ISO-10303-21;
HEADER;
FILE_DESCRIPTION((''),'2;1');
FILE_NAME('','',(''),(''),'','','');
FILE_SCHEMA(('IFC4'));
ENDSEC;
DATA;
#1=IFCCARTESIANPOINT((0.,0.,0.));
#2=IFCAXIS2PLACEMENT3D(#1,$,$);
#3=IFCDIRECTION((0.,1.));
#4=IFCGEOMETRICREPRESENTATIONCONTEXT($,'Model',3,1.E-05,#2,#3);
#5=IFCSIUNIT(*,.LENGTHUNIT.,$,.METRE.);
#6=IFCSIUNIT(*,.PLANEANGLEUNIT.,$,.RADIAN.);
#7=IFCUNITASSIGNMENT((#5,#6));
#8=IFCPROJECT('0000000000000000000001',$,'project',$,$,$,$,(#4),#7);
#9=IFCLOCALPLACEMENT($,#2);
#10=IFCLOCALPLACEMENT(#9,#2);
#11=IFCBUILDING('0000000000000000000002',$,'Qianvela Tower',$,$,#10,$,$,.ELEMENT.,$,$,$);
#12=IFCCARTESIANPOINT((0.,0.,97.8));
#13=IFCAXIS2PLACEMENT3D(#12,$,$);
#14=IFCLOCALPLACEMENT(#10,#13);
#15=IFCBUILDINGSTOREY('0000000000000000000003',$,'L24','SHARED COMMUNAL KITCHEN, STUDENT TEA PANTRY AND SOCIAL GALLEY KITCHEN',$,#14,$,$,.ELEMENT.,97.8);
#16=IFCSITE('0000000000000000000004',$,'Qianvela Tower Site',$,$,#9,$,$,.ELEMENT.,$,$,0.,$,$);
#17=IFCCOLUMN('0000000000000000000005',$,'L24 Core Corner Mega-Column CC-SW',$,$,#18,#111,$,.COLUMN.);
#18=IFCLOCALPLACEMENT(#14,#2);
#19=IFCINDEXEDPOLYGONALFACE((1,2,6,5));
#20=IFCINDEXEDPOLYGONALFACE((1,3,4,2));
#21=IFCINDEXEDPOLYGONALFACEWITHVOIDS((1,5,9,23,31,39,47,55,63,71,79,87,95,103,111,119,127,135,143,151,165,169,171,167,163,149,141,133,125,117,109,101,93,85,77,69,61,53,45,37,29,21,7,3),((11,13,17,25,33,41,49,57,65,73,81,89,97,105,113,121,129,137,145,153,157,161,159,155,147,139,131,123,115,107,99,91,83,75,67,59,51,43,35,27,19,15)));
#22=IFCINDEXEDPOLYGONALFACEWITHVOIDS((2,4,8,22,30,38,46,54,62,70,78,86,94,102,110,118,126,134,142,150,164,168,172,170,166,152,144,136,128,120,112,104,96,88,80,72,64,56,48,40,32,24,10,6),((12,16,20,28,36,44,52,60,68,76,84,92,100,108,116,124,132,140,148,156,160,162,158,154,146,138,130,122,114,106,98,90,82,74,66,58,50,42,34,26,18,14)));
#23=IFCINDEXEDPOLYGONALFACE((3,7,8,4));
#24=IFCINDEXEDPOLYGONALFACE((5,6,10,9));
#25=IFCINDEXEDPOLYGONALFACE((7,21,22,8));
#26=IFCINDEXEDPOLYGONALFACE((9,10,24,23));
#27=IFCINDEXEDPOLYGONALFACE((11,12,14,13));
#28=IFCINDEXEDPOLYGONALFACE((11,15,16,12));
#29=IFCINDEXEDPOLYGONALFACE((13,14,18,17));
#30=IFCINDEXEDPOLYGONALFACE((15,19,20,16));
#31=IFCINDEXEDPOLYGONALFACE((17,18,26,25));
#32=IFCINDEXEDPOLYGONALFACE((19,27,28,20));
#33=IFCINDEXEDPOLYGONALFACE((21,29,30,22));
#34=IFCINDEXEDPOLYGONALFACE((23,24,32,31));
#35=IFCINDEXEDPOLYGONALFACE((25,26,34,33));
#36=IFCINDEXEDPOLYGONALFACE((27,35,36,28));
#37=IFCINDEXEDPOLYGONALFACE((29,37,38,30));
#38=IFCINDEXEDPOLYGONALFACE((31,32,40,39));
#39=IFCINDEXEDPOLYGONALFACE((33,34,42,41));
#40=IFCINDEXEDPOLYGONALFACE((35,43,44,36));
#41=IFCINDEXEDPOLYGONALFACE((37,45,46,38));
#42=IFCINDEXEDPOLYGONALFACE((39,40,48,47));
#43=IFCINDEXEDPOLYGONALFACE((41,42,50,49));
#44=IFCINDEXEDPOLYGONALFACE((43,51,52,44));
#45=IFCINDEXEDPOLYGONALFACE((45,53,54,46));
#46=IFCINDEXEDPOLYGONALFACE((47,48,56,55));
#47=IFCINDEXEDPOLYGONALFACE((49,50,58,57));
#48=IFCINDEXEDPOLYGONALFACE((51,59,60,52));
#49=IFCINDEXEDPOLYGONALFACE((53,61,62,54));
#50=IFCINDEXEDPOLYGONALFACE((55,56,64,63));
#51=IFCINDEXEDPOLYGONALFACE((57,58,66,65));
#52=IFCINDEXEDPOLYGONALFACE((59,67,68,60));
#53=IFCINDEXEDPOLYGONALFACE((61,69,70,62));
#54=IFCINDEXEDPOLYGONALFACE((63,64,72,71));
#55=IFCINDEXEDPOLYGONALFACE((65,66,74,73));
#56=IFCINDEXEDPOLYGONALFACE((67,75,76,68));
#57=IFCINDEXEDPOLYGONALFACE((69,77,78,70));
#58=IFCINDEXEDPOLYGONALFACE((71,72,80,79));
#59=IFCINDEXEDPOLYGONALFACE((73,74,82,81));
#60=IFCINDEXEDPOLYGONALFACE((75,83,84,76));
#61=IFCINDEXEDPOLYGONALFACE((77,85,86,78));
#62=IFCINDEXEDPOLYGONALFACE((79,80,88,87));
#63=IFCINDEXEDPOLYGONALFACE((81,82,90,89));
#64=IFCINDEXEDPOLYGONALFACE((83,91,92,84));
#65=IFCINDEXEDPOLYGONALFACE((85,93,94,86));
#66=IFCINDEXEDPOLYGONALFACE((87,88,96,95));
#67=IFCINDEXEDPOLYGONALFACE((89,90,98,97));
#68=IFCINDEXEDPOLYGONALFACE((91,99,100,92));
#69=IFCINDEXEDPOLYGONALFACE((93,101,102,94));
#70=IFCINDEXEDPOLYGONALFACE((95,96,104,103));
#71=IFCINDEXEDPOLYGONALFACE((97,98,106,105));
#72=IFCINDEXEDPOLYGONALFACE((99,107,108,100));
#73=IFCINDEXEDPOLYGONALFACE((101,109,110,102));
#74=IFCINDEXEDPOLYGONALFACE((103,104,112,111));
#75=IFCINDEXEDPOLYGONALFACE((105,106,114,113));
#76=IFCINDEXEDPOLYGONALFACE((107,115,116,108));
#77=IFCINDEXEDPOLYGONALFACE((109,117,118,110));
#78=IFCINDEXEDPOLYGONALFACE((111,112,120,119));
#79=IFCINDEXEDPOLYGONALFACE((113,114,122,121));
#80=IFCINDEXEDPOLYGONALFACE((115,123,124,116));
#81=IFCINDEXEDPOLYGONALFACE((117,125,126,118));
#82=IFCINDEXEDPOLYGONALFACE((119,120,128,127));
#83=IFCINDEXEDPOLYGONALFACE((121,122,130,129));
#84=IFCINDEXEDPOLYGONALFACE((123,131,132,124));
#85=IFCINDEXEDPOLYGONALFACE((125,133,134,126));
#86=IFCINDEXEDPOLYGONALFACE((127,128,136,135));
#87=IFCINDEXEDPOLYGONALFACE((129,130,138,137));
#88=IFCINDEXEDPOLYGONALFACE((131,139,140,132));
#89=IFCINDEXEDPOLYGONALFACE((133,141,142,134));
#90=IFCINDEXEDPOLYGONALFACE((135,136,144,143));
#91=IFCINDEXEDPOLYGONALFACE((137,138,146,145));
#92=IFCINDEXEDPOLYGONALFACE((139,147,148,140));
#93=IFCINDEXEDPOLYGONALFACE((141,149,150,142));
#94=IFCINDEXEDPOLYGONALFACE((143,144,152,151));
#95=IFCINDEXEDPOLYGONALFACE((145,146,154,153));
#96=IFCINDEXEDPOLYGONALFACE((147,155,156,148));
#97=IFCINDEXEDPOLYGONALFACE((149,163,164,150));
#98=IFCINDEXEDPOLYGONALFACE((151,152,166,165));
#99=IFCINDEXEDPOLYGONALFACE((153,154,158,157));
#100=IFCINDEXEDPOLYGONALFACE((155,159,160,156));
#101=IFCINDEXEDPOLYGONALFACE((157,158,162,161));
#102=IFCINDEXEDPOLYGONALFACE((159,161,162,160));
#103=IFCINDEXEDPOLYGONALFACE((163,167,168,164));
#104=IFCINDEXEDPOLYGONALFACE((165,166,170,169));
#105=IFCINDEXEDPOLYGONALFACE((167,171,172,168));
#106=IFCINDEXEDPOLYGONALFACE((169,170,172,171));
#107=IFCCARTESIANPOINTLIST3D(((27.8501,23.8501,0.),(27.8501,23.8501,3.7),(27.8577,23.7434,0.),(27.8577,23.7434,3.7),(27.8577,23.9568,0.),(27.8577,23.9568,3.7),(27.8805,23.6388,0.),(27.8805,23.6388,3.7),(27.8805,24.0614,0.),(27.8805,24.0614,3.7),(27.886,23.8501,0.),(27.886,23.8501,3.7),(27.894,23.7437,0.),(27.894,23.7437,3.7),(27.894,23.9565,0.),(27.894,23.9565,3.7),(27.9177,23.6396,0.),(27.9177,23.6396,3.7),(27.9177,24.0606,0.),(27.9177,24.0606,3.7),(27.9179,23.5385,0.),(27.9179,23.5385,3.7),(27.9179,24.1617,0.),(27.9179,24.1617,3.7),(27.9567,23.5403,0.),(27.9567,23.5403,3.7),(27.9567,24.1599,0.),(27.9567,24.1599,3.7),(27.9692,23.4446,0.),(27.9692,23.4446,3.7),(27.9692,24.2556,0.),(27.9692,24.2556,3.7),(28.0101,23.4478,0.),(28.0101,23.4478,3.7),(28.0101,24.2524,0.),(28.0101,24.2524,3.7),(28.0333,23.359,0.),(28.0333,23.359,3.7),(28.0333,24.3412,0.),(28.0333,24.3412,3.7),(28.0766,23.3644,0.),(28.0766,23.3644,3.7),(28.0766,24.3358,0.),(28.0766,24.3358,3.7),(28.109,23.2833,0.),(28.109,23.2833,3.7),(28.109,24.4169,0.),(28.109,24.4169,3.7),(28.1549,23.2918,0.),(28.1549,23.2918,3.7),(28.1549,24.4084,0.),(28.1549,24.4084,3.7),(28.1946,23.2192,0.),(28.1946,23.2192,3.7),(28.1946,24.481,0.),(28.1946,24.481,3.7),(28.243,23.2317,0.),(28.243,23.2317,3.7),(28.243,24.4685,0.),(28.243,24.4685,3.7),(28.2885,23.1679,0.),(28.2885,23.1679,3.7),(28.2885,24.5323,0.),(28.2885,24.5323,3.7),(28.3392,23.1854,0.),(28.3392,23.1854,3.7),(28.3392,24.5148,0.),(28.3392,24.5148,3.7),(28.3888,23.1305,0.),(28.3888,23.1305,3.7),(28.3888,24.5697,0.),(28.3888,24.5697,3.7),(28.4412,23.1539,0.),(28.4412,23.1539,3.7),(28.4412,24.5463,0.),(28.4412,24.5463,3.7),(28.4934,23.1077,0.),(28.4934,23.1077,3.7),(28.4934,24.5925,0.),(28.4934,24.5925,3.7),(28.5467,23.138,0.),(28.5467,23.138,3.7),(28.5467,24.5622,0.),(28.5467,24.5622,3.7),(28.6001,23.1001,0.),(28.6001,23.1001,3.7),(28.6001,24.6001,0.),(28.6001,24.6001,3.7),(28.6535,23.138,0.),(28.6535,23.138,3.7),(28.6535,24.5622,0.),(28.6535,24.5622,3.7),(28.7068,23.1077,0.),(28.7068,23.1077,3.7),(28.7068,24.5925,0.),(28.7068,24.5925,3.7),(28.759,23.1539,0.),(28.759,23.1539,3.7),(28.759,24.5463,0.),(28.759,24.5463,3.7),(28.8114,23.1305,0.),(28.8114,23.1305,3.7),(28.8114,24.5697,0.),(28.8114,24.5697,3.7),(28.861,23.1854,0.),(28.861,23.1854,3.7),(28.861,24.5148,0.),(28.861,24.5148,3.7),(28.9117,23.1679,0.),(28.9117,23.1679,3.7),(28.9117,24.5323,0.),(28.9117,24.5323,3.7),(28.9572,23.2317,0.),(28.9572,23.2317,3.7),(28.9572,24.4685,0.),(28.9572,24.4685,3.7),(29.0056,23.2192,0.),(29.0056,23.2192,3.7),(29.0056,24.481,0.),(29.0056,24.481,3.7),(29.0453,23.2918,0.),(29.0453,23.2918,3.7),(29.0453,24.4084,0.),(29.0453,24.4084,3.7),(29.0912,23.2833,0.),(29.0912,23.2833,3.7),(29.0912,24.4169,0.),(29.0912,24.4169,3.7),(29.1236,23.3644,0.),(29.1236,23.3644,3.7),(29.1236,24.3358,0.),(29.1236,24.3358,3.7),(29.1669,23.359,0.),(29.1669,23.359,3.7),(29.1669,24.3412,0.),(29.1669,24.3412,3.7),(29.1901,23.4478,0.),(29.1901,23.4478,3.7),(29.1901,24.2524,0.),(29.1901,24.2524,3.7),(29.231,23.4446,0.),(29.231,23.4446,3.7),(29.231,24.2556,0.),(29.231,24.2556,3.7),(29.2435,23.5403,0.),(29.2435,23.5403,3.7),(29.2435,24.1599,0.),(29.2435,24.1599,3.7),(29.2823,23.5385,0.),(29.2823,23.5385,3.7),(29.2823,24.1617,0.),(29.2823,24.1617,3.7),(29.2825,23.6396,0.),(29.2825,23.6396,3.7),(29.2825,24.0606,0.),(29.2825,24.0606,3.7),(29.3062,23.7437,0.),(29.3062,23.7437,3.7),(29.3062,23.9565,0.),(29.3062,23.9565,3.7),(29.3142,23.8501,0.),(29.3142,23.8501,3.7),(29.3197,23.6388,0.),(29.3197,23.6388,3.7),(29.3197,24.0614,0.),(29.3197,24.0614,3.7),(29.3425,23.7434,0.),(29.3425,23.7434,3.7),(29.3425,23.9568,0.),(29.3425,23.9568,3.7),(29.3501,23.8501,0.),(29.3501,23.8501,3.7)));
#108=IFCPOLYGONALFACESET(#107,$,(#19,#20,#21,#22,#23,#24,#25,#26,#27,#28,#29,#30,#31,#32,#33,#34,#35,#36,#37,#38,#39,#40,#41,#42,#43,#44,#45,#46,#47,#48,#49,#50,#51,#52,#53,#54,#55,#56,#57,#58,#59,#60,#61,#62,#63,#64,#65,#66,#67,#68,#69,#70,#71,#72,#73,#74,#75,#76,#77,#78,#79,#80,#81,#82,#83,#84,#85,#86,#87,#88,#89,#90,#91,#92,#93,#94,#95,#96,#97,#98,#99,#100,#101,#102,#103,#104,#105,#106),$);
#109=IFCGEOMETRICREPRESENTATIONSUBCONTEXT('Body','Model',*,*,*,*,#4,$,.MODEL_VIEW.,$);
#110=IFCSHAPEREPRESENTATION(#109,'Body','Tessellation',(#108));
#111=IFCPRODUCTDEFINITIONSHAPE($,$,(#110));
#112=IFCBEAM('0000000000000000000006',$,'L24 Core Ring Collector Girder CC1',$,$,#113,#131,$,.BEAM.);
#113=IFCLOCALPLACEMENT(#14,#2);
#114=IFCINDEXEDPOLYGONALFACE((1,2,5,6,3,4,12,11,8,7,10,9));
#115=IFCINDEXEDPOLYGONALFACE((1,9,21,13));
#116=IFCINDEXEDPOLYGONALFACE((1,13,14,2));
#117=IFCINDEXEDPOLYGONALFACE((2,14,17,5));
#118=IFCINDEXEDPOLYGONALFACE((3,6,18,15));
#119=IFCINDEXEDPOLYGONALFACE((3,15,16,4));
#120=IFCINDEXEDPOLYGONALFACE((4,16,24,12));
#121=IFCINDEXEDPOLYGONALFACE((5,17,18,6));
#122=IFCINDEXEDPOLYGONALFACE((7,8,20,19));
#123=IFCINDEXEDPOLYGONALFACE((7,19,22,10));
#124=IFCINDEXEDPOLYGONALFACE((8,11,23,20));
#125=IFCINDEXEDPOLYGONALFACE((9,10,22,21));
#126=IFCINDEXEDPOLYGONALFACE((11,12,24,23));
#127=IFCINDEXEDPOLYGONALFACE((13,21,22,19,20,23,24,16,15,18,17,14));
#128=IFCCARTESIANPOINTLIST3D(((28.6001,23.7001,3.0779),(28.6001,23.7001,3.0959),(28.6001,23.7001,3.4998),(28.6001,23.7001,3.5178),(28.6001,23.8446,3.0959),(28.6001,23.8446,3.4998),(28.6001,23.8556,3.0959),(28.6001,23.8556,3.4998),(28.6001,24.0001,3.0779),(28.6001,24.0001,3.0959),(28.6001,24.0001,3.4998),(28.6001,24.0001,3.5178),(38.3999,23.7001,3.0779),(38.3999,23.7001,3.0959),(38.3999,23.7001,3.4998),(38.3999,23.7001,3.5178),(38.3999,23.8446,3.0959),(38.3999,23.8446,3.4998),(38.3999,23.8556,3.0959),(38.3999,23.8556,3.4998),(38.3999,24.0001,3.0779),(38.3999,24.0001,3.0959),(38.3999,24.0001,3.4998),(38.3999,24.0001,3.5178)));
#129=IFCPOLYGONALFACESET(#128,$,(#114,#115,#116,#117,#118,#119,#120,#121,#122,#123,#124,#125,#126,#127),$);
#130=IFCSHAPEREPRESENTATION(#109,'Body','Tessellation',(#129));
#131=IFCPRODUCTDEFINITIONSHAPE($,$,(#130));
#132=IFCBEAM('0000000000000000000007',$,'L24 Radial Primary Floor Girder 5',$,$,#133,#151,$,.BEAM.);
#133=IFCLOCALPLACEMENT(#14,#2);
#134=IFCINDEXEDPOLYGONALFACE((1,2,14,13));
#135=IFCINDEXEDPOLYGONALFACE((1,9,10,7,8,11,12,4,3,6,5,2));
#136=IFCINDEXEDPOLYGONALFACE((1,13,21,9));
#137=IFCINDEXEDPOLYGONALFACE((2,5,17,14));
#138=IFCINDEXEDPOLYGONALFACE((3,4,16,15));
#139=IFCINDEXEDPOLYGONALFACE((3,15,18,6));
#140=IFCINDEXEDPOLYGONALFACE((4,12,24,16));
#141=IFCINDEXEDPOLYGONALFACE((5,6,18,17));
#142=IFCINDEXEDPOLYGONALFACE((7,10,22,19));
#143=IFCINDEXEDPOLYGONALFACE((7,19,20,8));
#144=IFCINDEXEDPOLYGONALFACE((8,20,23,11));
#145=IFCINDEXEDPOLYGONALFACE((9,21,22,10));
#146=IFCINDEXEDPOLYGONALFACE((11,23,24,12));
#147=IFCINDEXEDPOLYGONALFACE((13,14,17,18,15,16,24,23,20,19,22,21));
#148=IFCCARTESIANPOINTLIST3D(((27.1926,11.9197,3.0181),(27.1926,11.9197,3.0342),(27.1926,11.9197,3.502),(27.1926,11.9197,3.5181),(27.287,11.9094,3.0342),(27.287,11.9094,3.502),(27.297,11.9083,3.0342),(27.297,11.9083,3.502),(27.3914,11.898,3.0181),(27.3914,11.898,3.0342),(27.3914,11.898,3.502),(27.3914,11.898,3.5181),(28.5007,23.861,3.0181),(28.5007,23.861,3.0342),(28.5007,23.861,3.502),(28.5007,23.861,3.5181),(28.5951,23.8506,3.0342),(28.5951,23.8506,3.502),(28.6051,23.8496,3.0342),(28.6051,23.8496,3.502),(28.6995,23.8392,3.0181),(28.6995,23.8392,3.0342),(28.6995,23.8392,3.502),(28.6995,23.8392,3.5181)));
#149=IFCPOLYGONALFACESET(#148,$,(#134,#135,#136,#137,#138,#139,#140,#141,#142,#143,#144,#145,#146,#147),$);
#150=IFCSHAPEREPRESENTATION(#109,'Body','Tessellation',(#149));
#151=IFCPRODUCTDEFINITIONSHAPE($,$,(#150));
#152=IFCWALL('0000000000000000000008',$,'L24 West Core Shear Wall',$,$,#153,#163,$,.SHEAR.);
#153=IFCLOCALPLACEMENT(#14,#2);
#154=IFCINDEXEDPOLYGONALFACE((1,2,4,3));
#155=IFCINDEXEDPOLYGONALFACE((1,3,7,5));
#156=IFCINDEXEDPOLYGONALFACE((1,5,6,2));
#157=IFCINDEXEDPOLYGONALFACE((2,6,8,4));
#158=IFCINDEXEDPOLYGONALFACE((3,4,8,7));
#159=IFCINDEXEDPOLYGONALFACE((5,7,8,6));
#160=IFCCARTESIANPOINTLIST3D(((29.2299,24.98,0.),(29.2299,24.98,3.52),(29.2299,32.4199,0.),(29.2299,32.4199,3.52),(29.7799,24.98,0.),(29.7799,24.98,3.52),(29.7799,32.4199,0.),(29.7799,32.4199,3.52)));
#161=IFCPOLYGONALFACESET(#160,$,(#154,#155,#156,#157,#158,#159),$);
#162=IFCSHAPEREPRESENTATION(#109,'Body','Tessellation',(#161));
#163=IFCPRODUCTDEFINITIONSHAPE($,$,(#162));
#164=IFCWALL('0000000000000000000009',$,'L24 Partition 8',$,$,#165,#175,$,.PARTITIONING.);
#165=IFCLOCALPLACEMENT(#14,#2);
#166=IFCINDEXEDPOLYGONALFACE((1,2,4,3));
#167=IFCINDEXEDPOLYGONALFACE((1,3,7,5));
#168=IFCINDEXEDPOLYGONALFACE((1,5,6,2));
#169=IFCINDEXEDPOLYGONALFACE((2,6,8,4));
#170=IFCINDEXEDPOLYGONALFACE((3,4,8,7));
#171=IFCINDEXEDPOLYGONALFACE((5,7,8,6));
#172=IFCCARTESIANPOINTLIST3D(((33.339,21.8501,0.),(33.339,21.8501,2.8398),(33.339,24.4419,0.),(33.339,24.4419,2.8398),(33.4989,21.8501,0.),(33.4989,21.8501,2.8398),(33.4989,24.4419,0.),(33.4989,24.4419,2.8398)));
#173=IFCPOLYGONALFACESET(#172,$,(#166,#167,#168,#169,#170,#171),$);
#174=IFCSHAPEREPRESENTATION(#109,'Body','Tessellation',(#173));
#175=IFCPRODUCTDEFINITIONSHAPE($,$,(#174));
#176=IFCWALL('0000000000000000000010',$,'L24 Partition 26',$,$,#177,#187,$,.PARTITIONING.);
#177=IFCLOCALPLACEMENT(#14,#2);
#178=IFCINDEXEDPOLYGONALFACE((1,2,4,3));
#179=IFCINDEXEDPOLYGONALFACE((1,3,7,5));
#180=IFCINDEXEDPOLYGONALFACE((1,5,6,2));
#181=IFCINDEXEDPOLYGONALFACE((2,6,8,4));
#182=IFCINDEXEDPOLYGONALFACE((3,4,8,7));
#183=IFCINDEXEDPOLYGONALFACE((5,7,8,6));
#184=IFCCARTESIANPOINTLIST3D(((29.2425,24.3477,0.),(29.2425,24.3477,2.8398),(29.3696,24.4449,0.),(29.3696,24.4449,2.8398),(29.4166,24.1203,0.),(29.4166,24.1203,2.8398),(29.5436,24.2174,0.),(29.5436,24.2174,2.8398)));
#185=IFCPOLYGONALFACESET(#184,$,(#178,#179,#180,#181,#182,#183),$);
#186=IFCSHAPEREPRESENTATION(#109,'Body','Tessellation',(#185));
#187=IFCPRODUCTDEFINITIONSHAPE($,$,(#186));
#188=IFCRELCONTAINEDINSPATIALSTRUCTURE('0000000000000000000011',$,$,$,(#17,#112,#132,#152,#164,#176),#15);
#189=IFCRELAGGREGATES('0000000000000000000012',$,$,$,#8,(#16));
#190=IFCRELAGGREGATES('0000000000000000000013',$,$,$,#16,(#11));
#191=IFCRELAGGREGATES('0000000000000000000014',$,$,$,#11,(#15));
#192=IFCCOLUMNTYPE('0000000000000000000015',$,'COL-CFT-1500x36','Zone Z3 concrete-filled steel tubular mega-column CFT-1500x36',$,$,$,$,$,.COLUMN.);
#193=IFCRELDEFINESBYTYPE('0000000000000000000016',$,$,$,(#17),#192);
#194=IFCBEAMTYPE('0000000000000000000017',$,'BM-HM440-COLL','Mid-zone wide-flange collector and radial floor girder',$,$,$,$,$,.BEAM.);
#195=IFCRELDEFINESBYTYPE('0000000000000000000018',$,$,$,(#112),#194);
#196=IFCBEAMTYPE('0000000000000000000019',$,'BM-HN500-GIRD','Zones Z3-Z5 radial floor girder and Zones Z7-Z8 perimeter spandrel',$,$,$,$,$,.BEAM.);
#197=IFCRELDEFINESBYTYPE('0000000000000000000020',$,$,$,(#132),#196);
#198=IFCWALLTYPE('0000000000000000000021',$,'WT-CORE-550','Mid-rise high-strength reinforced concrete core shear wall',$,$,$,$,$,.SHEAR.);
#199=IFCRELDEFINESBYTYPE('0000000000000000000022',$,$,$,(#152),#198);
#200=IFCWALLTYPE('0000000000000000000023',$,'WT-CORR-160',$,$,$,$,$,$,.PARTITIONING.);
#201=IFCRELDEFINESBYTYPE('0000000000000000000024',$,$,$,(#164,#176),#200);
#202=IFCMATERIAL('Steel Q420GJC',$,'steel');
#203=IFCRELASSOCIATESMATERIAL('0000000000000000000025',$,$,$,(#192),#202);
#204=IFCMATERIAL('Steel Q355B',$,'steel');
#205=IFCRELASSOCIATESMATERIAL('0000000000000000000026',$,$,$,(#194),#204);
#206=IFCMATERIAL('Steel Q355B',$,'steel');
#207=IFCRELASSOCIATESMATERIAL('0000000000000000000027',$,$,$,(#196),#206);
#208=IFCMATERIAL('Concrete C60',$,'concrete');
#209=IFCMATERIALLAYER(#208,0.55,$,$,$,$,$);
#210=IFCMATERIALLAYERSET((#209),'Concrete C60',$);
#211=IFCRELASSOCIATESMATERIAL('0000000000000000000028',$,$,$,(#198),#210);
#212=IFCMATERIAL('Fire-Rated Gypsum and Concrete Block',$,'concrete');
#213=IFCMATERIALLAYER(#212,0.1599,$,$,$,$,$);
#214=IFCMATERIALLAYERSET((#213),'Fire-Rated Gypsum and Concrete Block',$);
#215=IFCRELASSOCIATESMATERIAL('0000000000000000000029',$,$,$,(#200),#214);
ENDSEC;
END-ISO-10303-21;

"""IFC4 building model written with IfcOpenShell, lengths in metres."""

from ifc_helpers import new_model, si_unit, direction, frame, frame_2d, origin, origin_2d, place, context, subcontext, project, spatial, rectangle, hollow_circle, i_section, extrude, material, layer, layer_set, material_profile, profile_set, type_object, element, save


model = new_model("IFC4")

# Units and contexts
model_context = context("Model", 3, precision=1e-05, world=origin(), true_north=direction((0.0, 1.0)))
body_context = subcontext(model_context, "Body", "Model", "MODEL_VIEW")
ifc_project = project(units=[si_unit("LENGTHUNIT", "METRE"), si_unit("PLANEANGLEUNIT", "RADIAN")], contexts=[model_context])

# Site, building, storey
site_placement = place(None, origin())
site = spatial("IfcSite", under=ifc_project, at=site_placement, Name="Qianvela Tower Site", CompositionType="ELEMENT", RefElevation=0.0)
building_placement = place(site_placement, origin())
building = spatial("IfcBuilding", under=site, at=building_placement, Name="Qianvela Tower", CompositionType="ELEMENT")
storey_placement = place(building_placement, frame((0.0, 0.0, 97.8)))
storey = spatial("IfcBuildingStorey", under=building, at=storey_placement, Name="L24", Description="SHARED COMMUNAL KITCHEN, STUDENT TEA PANTRY AND SOCIAL GALLEY KITCHEN", CompositionType="ELEMENT", Elevation=97.8)

# Column
ifc_material_1 = material(Name="Steel Q420GJC", Category="steel")
ifc_material_profile_1 = material_profile(ifc_material_1, hollow_circle(Radius=0.75, WallThickness=0.0359, at=origin_2d()), Name="CFT-1500x36")
ifc_profile_set_1 = profile_set([ifc_material_profile_1], Name="Steel Q420GJC")
column_type = type_object("IfcColumnType", Name="COL-CFT-1500x36", Description="Zone Z3 concrete-filled steel tubular mega-column CFT-1500x36", PredefinedType="COLUMN", material=ifc_profile_set_1)
column_placement = place(storey_placement, frame((28.6001, 23.8501, 0.0), z_axis=(0.0, 0.0, 1.0), x_axis=(1.0, 0.0, 0.0)))
element("IfcColumn", 1, at=column_placement, inside=storey, type_object=column_type, Name="L24 Core Corner Mega-Column CC-SW", PredefinedType="COLUMN", context=body_context, shape_type="SweptSolid", body=[
    extrude(hollow_circle(Radius=0.75, WallThickness=0.0359, at=origin_2d()), origin(), (0.0, 0.0, 1.0), 3.7),
])

# Beams
ifc_material_2 = material(Name="Steel Q355B", Category="steel")
ifc_material_profile_2 = material_profile(ifc_material_2, i_section(OverallWidth=0.3, OverallDepth=0.4399, WebThickness=0.011, FlangeThickness=0.0181, at=origin_2d()), Name="HM440x300x11x18")
ifc_profile_set_2 = profile_set([ifc_material_profile_2], Name="Steel Q355B")
beam_type_1 = type_object("IfcBeamType", Name="BM-HM440-COLL", Description="Mid-zone wide-flange collector and radial floor girder", PredefinedType="BEAM", material=ifc_profile_set_2)
beam_1_placement = place(storey_placement, frame((28.6001, 23.8501, 3.2979), z_axis=(1.0, 0.0, 0.0), x_axis=(0.0, 1.0, 0.0)))
element("IfcBeam", 2, at=beam_1_placement, inside=storey, type_object=beam_type_1, Name="L24 Core Ring Collector Girder CC1", PredefinedType="BEAM", context=body_context, shape_type="SweptSolid", body=[
    extrude(i_section(OverallWidth=0.3, OverallDepth=0.4399, WebThickness=0.011, FlangeThickness=0.0181, at=origin_2d()), origin(), (0.0, 0.0, 1.0), 9.7998),
])
ifc_material_3 = material(Name="Steel Q355B", Category="steel")
ifc_material_profile_3 = material_profile(ifc_material_3, i_section(OverallWidth=0.2, OverallDepth=0.5, WebThickness=0.01, FlangeThickness=0.0161, at=origin_2d()), Name="HN500x200x10x16")
ifc_profile_set_3 = profile_set([ifc_material_profile_3], Name="Steel Q355B")
beam_type_2 = type_object("IfcBeamType", Name="BM-HN500-GIRD", Description="Zones Z3-Z5 radial floor girder and Zones Z7-Z8 perimeter spandrel", PredefinedType="BEAM", material=ifc_profile_set_3)
beam_2_placement = place(storey_placement, frame((28.6001, 23.8501, 3.2681), z_axis=(-0.108894, -0.994053, 0.0), x_axis=(0.994053, -0.108894, 0.0)))
element("IfcBeam", 3, at=beam_2_placement, inside=storey, type_object=beam_type_2, Name="L24 Radial Primary Floor Girder 5", PredefinedType="BEAM", context=body_context, shape_type="SweptSolid", body=[
    extrude(i_section(OverallWidth=0.2, OverallDepth=0.5, WebThickness=0.01, FlangeThickness=0.0161, at=origin_2d()), origin(), (0.0, 0.0, 1.0), 12.0127),
])

# Shared definitions
ifc_material_4 = material(Name="Concrete C60", Category="concrete")
ifc_layer_1 = layer(ifc_material_4, 0.55)
ifc_layer_set_1 = layer_set([ifc_layer_1], Name="Concrete C60")
wall_type_1 = type_object("IfcWallType", Name="WT-CORE-550", Description="Mid-rise high-strength reinforced concrete core shear wall", PredefinedType="SHEAR", material=ifc_layer_set_1)

# Walls
wall_1_placement = place(storey_placement, frame((29.5049, 24.98, 0.0), z_axis=(0.0, 0.0, 1.0), x_axis=(0.0, 1.0, 0.0)))
element("IfcWall", 4, at=wall_1_placement, inside=storey, type_object=wall_type_1, Name="L24 West Core Shear Wall", PredefinedType="SHEAR", context=body_context, shape_type="SweptSolid", body=[
    extrude(rectangle(XDim=7.4399, YDim=0.55, at=frame_2d((3.72, 0.0))), origin(), (0.0, 0.0, 1.0), 3.52),
])
ifc_material_5 = material(Name="Fire-Rated Gypsum and Concrete Block", Category="concrete")
ifc_layer_2 = layer(ifc_material_5, 0.1599)
ifc_layer_set_2 = layer_set([ifc_layer_2], Name="Fire-Rated Gypsum and Concrete Block")
wall_type_2 = type_object("IfcWallType", Name="WT-CORR-160", PredefinedType="PARTITIONING", material=ifc_layer_set_2)
wall_2_placement = place(storey_placement, frame((33.4189, 24.4419, 0.0), z_axis=(0.0, 0.0, 1.0), x_axis=(0.0, -1.0, 0.0)))
element("IfcWall", 5, at=wall_2_placement, inside=storey, type_object=wall_type_2, Name="L24 Partition 8", PredefinedType="PARTITIONING", context=body_context, shape_type="SweptSolid", body=[
    extrude(rectangle(XDim=2.5918, YDim=0.1599, at=frame_2d((1.2959, 0.0))), origin(), (0.0, 0.0, 1.0), 2.8398),
])
wall_3_placement = place(storey_placement, frame((29.48, 24.1689, 0.0), z_axis=(0.0, 0.0, 1.0), x_axis=(-0.607608, 0.794237, 0.0)))
element("IfcWall", 6, at=wall_3_placement, inside=storey, type_object=wall_type_2, Name="L24 Partition 26", PredefinedType="PARTITIONING", context=body_context, shape_type="SweptSolid", body=[
    extrude(rectangle(XDim=0.2864, YDim=0.1599, at=frame_2d((0.1431, 0.0))), origin(), (0.0, 0.0, 1.0), 2.8398),
])

save(model, "model.ifc")
